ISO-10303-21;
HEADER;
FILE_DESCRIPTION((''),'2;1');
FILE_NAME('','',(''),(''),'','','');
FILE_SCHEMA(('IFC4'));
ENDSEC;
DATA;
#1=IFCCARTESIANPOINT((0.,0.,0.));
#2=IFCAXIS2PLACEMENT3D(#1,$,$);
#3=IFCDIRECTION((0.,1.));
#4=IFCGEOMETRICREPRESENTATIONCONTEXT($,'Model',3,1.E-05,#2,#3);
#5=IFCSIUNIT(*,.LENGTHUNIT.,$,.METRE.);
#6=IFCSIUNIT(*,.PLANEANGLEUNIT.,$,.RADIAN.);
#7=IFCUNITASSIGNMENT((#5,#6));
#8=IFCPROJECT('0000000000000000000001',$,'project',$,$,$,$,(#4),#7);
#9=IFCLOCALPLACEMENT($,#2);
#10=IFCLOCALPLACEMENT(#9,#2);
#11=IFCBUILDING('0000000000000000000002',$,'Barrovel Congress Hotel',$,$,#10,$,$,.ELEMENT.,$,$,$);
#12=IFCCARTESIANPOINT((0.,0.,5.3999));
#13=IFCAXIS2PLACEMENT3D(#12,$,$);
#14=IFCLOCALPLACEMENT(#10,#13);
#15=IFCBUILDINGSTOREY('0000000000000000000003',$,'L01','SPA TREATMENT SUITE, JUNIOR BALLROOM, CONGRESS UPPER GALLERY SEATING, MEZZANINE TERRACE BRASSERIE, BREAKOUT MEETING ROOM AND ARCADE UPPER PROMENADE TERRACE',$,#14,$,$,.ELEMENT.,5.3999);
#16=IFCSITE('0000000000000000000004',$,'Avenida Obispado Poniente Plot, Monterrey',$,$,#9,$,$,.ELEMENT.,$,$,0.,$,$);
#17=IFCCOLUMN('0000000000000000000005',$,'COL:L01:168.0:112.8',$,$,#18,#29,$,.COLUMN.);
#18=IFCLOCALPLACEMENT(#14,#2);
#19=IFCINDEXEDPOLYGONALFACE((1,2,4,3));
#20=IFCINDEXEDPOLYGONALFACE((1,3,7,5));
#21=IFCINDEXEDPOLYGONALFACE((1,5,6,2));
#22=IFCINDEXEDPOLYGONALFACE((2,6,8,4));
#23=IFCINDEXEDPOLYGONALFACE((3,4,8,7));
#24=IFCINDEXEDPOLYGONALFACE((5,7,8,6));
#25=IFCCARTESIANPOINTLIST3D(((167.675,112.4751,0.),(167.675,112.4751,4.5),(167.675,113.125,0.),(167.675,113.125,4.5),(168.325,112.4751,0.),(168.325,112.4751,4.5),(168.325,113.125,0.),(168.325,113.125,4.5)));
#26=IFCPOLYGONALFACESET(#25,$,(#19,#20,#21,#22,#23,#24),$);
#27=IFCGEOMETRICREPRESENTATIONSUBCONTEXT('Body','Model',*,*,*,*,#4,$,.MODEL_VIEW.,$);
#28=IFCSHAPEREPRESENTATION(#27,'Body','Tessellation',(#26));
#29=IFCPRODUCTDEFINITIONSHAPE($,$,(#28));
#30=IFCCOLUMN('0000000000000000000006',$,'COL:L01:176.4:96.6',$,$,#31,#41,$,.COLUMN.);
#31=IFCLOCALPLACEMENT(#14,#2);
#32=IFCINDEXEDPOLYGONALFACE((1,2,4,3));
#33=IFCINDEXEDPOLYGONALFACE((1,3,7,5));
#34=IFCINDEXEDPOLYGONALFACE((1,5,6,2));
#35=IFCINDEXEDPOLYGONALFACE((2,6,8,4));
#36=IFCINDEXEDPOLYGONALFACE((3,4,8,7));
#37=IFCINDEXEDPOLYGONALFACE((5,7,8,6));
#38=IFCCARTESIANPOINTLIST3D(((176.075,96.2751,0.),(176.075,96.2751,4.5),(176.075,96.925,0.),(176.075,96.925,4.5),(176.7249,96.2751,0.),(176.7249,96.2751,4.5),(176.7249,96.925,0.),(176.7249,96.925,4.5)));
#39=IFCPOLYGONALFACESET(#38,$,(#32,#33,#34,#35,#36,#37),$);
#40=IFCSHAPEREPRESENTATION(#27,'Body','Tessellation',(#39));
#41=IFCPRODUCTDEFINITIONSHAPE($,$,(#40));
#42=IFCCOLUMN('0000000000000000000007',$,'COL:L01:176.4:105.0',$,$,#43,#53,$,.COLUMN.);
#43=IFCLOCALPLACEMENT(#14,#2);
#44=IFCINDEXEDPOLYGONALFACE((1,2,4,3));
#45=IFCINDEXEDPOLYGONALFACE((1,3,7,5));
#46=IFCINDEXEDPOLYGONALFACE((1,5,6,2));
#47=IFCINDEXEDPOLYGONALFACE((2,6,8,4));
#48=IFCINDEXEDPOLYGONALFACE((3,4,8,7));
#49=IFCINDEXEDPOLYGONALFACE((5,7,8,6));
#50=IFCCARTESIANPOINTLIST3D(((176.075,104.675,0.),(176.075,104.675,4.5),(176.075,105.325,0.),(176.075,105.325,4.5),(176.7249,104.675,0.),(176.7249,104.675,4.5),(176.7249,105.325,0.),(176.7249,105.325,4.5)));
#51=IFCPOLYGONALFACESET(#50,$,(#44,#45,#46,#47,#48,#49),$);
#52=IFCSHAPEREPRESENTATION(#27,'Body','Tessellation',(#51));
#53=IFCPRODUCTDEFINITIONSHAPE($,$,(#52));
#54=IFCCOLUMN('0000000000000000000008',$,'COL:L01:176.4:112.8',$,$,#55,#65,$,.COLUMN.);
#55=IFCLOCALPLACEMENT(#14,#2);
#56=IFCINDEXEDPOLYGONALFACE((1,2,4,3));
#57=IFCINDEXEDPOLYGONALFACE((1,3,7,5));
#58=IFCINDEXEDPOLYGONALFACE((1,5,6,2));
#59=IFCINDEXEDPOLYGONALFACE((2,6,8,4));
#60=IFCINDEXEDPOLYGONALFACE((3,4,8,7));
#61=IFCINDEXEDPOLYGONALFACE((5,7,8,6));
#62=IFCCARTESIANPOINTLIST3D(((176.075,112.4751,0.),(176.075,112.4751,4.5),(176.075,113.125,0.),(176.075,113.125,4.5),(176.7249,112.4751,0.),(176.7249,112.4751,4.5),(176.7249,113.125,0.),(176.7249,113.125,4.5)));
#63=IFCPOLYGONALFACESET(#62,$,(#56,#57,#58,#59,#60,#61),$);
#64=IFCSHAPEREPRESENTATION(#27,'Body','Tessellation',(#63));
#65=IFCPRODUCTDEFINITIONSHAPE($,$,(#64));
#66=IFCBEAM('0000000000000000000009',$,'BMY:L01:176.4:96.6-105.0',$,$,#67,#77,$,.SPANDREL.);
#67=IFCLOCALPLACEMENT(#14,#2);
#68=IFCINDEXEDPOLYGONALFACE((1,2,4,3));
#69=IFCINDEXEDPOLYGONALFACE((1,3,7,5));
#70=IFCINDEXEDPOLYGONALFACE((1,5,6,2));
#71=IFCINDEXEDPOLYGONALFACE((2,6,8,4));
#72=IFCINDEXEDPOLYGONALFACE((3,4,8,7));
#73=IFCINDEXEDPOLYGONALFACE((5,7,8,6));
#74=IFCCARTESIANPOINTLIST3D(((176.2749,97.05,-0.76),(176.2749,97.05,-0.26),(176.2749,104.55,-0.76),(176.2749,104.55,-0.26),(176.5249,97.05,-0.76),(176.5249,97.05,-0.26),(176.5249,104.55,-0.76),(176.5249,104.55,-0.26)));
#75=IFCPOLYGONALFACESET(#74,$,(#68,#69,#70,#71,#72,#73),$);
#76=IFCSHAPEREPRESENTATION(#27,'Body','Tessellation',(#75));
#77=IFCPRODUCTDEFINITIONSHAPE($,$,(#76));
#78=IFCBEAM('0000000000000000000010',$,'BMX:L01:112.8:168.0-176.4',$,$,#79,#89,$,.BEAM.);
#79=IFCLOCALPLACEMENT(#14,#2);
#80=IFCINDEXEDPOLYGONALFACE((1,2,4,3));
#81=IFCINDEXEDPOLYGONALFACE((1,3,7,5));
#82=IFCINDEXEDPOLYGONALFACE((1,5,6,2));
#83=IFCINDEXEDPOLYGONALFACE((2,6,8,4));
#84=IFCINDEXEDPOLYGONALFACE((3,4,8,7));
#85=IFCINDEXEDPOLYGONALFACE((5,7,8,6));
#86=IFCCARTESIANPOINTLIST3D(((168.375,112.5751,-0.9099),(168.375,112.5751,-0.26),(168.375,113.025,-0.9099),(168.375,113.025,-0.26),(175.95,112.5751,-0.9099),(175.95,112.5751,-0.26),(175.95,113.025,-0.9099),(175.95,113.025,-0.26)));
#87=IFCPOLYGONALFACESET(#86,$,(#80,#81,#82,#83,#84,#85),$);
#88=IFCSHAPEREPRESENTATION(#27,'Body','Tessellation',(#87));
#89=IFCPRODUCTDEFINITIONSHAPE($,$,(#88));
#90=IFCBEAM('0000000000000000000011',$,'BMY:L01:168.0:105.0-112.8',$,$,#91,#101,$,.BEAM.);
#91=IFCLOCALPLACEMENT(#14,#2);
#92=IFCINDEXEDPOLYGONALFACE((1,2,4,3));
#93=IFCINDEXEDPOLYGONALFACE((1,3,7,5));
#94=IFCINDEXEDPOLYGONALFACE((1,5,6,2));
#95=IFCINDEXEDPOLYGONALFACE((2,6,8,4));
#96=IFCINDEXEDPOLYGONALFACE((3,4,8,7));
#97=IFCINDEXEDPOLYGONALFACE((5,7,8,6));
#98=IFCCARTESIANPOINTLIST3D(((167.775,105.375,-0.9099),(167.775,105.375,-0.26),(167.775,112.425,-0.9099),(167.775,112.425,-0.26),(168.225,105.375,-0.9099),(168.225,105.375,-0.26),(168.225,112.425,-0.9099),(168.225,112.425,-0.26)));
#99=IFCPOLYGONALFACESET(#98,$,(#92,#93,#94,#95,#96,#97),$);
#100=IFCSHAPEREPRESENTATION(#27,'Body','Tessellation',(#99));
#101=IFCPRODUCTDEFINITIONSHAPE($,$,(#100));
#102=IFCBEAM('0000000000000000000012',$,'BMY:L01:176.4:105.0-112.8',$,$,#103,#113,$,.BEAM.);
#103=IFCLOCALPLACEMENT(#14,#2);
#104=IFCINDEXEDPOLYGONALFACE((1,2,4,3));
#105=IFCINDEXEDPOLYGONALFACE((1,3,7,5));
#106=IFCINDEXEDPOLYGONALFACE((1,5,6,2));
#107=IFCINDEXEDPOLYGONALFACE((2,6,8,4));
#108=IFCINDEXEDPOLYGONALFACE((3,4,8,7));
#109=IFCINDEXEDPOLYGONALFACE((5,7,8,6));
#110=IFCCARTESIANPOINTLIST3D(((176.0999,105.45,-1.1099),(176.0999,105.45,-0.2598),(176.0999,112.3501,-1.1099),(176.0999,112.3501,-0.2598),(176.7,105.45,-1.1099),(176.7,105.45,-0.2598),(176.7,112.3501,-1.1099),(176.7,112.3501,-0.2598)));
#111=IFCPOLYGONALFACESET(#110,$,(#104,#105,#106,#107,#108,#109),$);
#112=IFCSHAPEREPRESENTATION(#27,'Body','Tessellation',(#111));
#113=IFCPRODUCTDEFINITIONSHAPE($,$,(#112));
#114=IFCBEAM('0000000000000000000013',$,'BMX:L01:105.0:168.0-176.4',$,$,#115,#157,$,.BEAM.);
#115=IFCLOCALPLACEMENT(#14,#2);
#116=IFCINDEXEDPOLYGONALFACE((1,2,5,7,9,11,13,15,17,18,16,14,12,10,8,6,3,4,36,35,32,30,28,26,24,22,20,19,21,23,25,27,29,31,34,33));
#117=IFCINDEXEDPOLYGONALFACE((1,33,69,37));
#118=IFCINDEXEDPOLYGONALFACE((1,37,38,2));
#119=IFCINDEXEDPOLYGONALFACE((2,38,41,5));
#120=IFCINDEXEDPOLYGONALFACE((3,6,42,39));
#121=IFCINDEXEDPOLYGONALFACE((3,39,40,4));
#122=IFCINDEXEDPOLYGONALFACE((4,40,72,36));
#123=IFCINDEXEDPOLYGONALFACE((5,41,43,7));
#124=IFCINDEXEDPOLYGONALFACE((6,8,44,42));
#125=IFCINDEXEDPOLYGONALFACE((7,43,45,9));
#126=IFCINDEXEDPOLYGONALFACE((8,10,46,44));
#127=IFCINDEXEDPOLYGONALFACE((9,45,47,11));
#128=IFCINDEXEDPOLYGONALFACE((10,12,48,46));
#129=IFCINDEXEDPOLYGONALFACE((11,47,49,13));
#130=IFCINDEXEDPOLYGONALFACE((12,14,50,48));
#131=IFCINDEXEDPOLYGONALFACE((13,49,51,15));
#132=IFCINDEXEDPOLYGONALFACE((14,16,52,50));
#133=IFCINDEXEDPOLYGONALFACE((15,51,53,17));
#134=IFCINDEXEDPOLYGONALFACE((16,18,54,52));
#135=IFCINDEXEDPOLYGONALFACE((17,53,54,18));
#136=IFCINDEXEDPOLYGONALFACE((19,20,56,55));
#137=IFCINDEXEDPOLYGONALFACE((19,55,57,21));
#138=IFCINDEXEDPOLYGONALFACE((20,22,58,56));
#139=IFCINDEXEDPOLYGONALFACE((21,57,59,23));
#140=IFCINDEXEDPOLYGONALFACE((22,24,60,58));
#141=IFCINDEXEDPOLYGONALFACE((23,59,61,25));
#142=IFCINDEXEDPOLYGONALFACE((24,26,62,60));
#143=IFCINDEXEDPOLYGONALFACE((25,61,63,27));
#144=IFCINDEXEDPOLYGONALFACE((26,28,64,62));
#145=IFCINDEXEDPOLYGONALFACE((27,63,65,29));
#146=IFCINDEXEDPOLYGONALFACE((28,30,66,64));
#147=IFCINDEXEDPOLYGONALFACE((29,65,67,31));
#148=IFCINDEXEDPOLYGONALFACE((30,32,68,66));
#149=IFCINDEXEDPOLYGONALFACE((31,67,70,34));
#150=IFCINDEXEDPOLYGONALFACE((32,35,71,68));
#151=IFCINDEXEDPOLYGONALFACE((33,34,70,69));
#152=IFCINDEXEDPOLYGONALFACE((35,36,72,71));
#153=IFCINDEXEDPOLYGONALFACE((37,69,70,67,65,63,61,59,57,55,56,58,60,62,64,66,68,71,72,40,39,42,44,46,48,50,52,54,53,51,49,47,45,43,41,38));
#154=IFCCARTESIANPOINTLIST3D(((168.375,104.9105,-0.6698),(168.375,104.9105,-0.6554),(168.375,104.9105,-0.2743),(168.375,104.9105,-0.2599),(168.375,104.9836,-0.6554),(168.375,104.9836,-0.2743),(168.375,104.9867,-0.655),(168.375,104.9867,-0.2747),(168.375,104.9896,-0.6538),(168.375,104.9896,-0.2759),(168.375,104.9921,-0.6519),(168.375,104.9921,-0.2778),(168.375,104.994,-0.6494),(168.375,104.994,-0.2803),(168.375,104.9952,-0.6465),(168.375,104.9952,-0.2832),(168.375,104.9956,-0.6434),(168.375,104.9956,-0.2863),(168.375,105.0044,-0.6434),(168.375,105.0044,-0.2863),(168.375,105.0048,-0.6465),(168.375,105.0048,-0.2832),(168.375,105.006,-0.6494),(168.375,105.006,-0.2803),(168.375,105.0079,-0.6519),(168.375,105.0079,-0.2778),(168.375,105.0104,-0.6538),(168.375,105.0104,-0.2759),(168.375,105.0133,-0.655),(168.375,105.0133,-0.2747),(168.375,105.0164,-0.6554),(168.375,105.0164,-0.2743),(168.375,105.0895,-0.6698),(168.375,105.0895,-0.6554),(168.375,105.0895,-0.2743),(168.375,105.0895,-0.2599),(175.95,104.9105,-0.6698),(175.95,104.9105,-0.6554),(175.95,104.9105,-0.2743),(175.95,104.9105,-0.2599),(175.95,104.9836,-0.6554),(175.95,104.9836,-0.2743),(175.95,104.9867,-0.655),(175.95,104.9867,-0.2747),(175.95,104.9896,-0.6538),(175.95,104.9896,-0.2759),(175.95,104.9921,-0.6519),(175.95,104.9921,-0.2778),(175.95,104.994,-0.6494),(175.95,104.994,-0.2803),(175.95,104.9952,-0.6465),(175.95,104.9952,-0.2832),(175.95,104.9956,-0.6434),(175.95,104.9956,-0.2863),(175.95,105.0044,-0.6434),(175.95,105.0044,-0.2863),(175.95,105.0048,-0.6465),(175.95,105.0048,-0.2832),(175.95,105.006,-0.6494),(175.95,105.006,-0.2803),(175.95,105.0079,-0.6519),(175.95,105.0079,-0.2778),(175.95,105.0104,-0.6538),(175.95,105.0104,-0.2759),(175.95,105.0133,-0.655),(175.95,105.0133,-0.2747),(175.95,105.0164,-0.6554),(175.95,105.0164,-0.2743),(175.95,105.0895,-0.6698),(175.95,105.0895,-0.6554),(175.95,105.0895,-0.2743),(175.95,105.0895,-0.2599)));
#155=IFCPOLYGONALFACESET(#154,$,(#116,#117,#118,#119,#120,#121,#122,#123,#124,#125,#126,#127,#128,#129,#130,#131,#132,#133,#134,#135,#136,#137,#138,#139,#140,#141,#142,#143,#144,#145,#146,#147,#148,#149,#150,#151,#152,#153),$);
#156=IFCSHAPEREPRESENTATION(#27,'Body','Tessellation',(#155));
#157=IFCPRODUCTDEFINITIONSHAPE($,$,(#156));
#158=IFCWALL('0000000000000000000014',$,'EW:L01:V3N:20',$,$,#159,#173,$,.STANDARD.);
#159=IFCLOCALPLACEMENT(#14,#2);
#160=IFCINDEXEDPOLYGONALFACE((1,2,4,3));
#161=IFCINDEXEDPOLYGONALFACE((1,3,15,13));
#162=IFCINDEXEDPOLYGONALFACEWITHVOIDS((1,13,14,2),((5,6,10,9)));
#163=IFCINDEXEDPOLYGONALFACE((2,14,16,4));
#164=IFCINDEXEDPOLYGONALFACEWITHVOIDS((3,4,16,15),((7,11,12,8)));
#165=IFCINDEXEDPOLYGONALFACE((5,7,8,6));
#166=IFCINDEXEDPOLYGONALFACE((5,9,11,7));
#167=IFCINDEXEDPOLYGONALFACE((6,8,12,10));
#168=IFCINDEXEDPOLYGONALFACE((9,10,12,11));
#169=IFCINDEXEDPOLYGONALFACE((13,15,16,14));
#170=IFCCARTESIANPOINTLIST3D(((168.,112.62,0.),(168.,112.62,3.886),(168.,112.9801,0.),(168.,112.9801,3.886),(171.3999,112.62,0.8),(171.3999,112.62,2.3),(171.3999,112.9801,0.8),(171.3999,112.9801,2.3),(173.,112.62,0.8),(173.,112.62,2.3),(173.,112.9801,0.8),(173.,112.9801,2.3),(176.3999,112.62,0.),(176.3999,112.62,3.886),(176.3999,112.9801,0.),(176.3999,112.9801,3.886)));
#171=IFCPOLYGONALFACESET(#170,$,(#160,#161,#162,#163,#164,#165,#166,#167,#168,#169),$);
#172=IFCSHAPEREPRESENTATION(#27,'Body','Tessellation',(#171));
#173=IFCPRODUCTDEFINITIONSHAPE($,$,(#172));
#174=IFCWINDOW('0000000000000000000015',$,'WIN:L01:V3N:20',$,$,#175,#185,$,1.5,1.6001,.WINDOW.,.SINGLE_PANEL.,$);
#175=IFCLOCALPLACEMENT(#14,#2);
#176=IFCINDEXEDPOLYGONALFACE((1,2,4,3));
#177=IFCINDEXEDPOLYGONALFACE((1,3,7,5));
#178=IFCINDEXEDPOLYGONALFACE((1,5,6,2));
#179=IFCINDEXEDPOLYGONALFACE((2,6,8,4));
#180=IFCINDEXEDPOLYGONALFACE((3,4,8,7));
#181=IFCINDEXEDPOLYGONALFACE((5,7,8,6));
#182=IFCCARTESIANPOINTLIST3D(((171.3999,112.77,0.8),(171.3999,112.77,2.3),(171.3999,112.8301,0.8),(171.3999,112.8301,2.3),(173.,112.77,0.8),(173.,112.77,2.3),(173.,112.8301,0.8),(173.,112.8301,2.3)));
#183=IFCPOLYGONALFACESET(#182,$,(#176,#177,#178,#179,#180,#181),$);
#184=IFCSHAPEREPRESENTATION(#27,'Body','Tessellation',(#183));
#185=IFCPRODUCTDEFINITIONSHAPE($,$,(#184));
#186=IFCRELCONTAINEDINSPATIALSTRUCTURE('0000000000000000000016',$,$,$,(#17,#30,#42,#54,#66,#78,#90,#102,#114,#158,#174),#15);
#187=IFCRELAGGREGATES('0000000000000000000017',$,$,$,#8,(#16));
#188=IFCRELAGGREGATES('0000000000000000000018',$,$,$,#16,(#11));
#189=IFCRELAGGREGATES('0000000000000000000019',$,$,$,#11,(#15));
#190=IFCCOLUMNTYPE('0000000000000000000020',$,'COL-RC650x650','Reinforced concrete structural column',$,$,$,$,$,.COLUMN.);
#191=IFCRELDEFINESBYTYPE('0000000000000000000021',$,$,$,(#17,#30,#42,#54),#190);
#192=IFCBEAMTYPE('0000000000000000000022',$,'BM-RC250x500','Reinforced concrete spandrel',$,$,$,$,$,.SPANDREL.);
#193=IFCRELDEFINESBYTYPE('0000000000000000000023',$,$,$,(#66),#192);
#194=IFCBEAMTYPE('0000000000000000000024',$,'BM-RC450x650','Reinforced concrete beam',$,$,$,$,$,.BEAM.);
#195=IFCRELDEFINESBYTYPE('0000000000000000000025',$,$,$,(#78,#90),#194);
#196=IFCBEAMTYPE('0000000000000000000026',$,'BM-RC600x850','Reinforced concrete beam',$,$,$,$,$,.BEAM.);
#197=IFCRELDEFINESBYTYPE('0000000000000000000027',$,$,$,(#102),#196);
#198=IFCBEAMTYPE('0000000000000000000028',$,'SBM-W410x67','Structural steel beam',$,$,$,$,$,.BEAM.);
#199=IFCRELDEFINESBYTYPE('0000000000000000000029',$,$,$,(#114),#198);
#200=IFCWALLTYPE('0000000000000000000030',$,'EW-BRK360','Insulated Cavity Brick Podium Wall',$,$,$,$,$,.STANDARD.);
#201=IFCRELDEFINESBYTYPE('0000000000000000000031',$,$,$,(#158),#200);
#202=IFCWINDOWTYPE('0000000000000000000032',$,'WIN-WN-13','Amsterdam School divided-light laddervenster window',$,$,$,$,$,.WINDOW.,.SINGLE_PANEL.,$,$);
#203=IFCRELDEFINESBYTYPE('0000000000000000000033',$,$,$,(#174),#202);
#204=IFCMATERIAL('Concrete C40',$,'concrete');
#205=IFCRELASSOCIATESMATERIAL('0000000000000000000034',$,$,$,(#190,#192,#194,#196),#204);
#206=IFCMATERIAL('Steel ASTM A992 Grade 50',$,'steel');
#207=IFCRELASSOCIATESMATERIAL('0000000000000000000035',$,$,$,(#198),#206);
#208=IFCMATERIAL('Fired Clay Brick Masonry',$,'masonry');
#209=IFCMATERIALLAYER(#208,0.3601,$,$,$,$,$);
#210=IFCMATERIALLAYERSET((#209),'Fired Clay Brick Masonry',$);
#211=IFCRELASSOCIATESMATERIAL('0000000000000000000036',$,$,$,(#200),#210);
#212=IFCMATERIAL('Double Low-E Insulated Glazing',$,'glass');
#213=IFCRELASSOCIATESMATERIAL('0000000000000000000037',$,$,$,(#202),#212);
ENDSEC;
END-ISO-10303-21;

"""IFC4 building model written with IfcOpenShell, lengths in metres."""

from ifc_helpers import new_model, si_unit, direction, frame, frame_2d, origin, origin_2d, place, context, subcontext, project, spatial, rectangle, i_section, extrude, material, layer, layer_set, material_profile, profile_set, type_object, element, fill, save


model = new_model("IFC4")

# Units and contexts
model_context = context("Model", 3, precision=1e-05, world=origin(), true_north=direction((0.0, 1.0)))
body_context = subcontext(model_context, "Body", "Model", "MODEL_VIEW")
ifc_project = project(units=[si_unit("LENGTHUNIT", "METRE"), si_unit("PLANEANGLEUNIT", "RADIAN")], contexts=[model_context])

# Site, building, storey
site_placement = place(None, origin())
site = spatial("IfcSite", under=ifc_project, at=site_placement, Name="Avenida Obispado Poniente Plot, Monterrey", CompositionType="ELEMENT", RefElevation=0.0)
building_placement = place(site_placement, origin())
building = spatial("IfcBuilding", under=site, at=building_placement, Name="Barrovel Congress Hotel", CompositionType="ELEMENT")
storey_placement = place(building_placement, frame((0.0, 0.0, 5.3999)))
storey = spatial("IfcBuildingStorey", under=building, at=storey_placement, Name="L01", Description="SPA TREATMENT SUITE, JUNIOR BALLROOM, CONGRESS UPPER GALLERY SEATING, MEZZANINE TERRACE BRASSERIE, BREAKOUT MEETING ROOM AND ARCADE UPPER PROMENADE TERRACE", CompositionType="ELEMENT", Elevation=5.3999)

# Columns
ifc_material_1 = material(Name="Concrete C40", Category="concrete")
ifc_material_profile_1 = material_profile(ifc_material_1, rectangle(XDim=0.6499, YDim=0.6499, at=origin_2d()), Name="RC650x650")
ifc_profile_set_1 = profile_set([ifc_material_profile_1], Name="Concrete C40")
column_type = type_object("IfcColumnType", Name="COL-RC650x650", Description="Reinforced concrete structural column", PredefinedType="COLUMN", material=ifc_profile_set_1)
for number, where, z_axis, x_axis, name in (
    (1, (168.0, 112.8, 0.0), (0.0, 0.0, 1.0), (1.0, 0.0, 0.0), "COL:L01:168.0:112.8"),
    (2, (176.3999, 96.6001, 0.0), (0.0, 0.0, 1.0), (1.0, 0.0, 0.0), "COL:L01:176.4:96.6"),
    (3, (176.3999, 105.0, 0.0), (0.0, 0.0, 1.0), (1.0, 0.0, 0.0), "COL:L01:176.4:105.0"),
    (4, (176.3999, 112.8, 0.0), (0.0, 0.0, 1.0), (1.0, 0.0, 0.0), "COL:L01:176.4:112.8"),
):
    element("IfcColumn", number, at=place(storey_placement, frame(where, z_axis=z_axis, x_axis=x_axis)), inside=storey, type_object=column_type, Name=name, PredefinedType="COLUMN", context=body_context, shape_type="SweptSolid", body=[
        extrude(rectangle(XDim=0.6499, YDim=0.6499, at=origin_2d()), origin(), (0.0, 0.0, 1.0), 4.5),
    ])

# Beams
ifc_material_profile_2 = material_profile(ifc_material_1, rectangle(XDim=0.25, YDim=0.5, at=origin_2d()), Name="RC250x500")
ifc_profile_set_2 = profile_set([ifc_material_profile_2], Name="Concrete C40")
beam_type_1 = type_object("IfcBeamType", Name="BM-RC250x500", Description="Reinforced concrete spandrel", PredefinedType="SPANDREL", material=ifc_profile_set_2)
beam_1_placement = place(storey_placement, frame((176.3999, 97.05, -0.51), z_axis=(0.0, 1.0, 0.0), x_axis=(-1.0, 0.0, 0.0)))
element("IfcBeam", 5, at=beam_1_placement, inside=storey, type_object=beam_type_1, Name="BMY:L01:176.4:96.6-105.0", PredefinedType="SPANDREL", context=body_context, shape_type="SweptSolid", body=[
    extrude(rectangle(XDim=0.25, YDim=0.5, at=origin_2d()), origin(), (0.0, 0.0, 1.0), 7.5),
])
ifc_material_profile_3 = material_profile(ifc_material_1, rectangle(XDim=0.45, YDim=0.6499, at=origin_2d()), Name="RC450x650")
ifc_profile_set_3 = profile_set([ifc_material_profile_3], Name="Concrete C40")
beam_type_2 = type_object("IfcBeamType", Name="BM-RC450x650", Description="Reinforced concrete beam", PredefinedType="BEAM", material=ifc_profile_set_3)
beam_2_placement = place(storey_placement, frame((168.375, 112.8, -0.585), z_axis=(1.0, 0.0, 0.0), x_axis=(0.0, 1.0, 0.0)))
element("IfcBeam", 6, at=beam_2_placement, inside=storey, type_object=beam_type_2, Name="BMX:L01:112.8:168.0-176.4", PredefinedType="BEAM", context=body_context, shape_type="SweptSolid", body=[
    extrude(rectangle(XDim=0.45, YDim=0.6499, at=origin_2d()), origin(), (0.0, 0.0, 1.0), 7.575),
])
beam_3_placement = place(storey_placement, frame((168.0, 105.375, -0.585), z_axis=(0.0, 1.0, 0.0), x_axis=(-1.0, 0.0, 0.0)))
element("IfcBeam", 7, at=beam_3_placement, inside=storey, type_object=beam_type_2, Name="BMY:L01:168.0:105.0-112.8", PredefinedType="BEAM", context=body_context, shape_type="SweptSolid", body=[
    extrude(rectangle(XDim=0.45, YDim=0.6499, at=origin_2d()), origin(), (0.0, 0.0, 1.0), 7.05),
])
ifc_material_profile_4 = material_profile(ifc_material_1, rectangle(XDim=0.6001, YDim=0.8501, at=origin_2d()), Name="RC600x850")
ifc_profile_set_4 = profile_set([ifc_material_profile_4], Name="Concrete C40")
beam_type_3 = type_object("IfcBeamType", Name="BM-RC600x850", Description="Reinforced concrete beam", PredefinedType="BEAM", material=ifc_profile_set_4)
beam_4_placement = place(storey_placement, frame((176.3999, 105.45, -0.6848), z_axis=(0.0, 1.0, 0.0), x_axis=(-1.0, 0.0, 0.0)))
element("IfcBeam", 8, at=beam_4_placement, inside=storey, type_object=beam_type_3, Name="BMY:L01:176.4:105.0-112.8", PredefinedType="BEAM", context=body_context, shape_type="SweptSolid", body=[
    extrude(rectangle(XDim=0.6001, YDim=0.8501, at=origin_2d()), origin(), (0.0, 0.0, 1.0), 6.9001),
])
ifc_material_2 = material(Name="Steel ASTM A992 Grade 50", Category="steel")
ifc_material_profile_5 = material_profile(ifc_material_2, i_section(OverallWidth=0.179, OverallDepth=0.4099, WebThickness=0.0088, FlangeThickness=0.0144, FilletRadius=0.012, at=origin_2d()), Name="W410x67")
ifc_profile_set_5 = profile_set([ifc_material_profile_5], Name="Steel ASTM A992 Grade 50")
beam_type_4 = type_object("IfcBeamType", Name="SBM-W410x67", Description="Structural steel beam", PredefinedType="BEAM", material=ifc_profile_set_5)
beam_5_placement = place(storey_placement, frame((168.375, 105.0, -0.4648), z_axis=(1.0, 0.0, 0.0), x_axis=(0.0, 1.0, 0.0)))
element("IfcBeam", 9, at=beam_5_placement, inside=storey, type_object=beam_type_4, Name="BMX:L01:105.0:168.0-176.4", PredefinedType="BEAM", context=body_context, shape_type="SweptSolid", body=[
    extrude(i_section(OverallWidth=0.179, OverallDepth=0.4099, WebThickness=0.0088, FlangeThickness=0.0144, FilletRadius=0.012, at=origin_2d()), origin(), (0.0, 0.0, 1.0), 7.575),
])

# Wall, opening, window
ifc_material_3 = material(Name="Fired Clay Brick Masonry", Category="masonry")
ifc_layer_1 = layer(ifc_material_3, 0.3601)
ifc_layer_set_1 = layer_set([ifc_layer_1], Name="Fired Clay Brick Masonry")
wall_type_1 = type_object("IfcWallType", Name="EW-BRK360", Description="Insulated Cavity Brick Podium Wall", PredefinedType="STANDARD", material=ifc_layer_set_1)
wall_1_placement = place(storey_placement, frame((176.3999, 112.8, 0.0), z_axis=(0.0, 0.0, 1.0), x_axis=(-1.0, 0.0, 0.0)))
wall_1 = element("IfcWall", 10, at=wall_1_placement, inside=storey, type_object=wall_type_1, Name="EW:L01:V3N:20", PredefinedType="STANDARD", context=body_context, shape_type="SweptSolid", body=[
    extrude(rectangle(XDim=8.3999, YDim=0.3601, at=frame_2d((4.2, 0.0))), origin(), (0.0, 0.0, 1.0), 3.886),
])
opening_1_placement = place(wall_1_placement, frame((3.3999, 0.0, 0.8)))
opening_1 = element("IfcOpeningElement", 11, at=opening_1_placement, cuts=wall_1, PredefinedType="OPENING", context=body_context, shape_type="SweptSolid", body=[
    extrude(rectangle(XDim=1.6001, YDim=1.5, at=frame_2d((0.8, 0.75))), frame((0.0, 0.1899, 0.0), z_axis=(0.0, -1.0, 0.0), x_axis=(1.0, 0.0, 0.0)), (0.0, 0.0, 1.0), 0.3801),
])
ifc_material_4 = material(Name="Double Low-E Insulated Glazing", Category="glass")
window_type_1 = type_object("IfcWindowType", Name="WIN-WN-13", Description="Amsterdam School divided-light laddervenster window", PartitioningType="SINGLE_PANEL", PredefinedType="WINDOW", material=ifc_material_4)
window_1_placement = place(opening_1_placement, origin())
window_1 = element("IfcWindow", 12, at=window_1_placement, inside=storey, type_object=window_type_1, Name="WIN:L01:V3N:20", OverallHeight=1.5, OverallWidth=1.6001, PartitioningType="SINGLE_PANEL", PredefinedType="WINDOW", context=body_context, shape_type="SweptSolid", body=[
    extrude(rectangle(XDim=1.6001, YDim=1.5, at=frame_2d((0.8, 0.75))), frame((0.0, 0.03, 0.0), z_axis=(0.0, -1.0, 0.0), x_axis=(1.0, 0.0, 0.0)), (0.0, 0.0, 1.0), 0.0601),
])
fill(opening_1, window_1)

save(model, "model.ifc")
